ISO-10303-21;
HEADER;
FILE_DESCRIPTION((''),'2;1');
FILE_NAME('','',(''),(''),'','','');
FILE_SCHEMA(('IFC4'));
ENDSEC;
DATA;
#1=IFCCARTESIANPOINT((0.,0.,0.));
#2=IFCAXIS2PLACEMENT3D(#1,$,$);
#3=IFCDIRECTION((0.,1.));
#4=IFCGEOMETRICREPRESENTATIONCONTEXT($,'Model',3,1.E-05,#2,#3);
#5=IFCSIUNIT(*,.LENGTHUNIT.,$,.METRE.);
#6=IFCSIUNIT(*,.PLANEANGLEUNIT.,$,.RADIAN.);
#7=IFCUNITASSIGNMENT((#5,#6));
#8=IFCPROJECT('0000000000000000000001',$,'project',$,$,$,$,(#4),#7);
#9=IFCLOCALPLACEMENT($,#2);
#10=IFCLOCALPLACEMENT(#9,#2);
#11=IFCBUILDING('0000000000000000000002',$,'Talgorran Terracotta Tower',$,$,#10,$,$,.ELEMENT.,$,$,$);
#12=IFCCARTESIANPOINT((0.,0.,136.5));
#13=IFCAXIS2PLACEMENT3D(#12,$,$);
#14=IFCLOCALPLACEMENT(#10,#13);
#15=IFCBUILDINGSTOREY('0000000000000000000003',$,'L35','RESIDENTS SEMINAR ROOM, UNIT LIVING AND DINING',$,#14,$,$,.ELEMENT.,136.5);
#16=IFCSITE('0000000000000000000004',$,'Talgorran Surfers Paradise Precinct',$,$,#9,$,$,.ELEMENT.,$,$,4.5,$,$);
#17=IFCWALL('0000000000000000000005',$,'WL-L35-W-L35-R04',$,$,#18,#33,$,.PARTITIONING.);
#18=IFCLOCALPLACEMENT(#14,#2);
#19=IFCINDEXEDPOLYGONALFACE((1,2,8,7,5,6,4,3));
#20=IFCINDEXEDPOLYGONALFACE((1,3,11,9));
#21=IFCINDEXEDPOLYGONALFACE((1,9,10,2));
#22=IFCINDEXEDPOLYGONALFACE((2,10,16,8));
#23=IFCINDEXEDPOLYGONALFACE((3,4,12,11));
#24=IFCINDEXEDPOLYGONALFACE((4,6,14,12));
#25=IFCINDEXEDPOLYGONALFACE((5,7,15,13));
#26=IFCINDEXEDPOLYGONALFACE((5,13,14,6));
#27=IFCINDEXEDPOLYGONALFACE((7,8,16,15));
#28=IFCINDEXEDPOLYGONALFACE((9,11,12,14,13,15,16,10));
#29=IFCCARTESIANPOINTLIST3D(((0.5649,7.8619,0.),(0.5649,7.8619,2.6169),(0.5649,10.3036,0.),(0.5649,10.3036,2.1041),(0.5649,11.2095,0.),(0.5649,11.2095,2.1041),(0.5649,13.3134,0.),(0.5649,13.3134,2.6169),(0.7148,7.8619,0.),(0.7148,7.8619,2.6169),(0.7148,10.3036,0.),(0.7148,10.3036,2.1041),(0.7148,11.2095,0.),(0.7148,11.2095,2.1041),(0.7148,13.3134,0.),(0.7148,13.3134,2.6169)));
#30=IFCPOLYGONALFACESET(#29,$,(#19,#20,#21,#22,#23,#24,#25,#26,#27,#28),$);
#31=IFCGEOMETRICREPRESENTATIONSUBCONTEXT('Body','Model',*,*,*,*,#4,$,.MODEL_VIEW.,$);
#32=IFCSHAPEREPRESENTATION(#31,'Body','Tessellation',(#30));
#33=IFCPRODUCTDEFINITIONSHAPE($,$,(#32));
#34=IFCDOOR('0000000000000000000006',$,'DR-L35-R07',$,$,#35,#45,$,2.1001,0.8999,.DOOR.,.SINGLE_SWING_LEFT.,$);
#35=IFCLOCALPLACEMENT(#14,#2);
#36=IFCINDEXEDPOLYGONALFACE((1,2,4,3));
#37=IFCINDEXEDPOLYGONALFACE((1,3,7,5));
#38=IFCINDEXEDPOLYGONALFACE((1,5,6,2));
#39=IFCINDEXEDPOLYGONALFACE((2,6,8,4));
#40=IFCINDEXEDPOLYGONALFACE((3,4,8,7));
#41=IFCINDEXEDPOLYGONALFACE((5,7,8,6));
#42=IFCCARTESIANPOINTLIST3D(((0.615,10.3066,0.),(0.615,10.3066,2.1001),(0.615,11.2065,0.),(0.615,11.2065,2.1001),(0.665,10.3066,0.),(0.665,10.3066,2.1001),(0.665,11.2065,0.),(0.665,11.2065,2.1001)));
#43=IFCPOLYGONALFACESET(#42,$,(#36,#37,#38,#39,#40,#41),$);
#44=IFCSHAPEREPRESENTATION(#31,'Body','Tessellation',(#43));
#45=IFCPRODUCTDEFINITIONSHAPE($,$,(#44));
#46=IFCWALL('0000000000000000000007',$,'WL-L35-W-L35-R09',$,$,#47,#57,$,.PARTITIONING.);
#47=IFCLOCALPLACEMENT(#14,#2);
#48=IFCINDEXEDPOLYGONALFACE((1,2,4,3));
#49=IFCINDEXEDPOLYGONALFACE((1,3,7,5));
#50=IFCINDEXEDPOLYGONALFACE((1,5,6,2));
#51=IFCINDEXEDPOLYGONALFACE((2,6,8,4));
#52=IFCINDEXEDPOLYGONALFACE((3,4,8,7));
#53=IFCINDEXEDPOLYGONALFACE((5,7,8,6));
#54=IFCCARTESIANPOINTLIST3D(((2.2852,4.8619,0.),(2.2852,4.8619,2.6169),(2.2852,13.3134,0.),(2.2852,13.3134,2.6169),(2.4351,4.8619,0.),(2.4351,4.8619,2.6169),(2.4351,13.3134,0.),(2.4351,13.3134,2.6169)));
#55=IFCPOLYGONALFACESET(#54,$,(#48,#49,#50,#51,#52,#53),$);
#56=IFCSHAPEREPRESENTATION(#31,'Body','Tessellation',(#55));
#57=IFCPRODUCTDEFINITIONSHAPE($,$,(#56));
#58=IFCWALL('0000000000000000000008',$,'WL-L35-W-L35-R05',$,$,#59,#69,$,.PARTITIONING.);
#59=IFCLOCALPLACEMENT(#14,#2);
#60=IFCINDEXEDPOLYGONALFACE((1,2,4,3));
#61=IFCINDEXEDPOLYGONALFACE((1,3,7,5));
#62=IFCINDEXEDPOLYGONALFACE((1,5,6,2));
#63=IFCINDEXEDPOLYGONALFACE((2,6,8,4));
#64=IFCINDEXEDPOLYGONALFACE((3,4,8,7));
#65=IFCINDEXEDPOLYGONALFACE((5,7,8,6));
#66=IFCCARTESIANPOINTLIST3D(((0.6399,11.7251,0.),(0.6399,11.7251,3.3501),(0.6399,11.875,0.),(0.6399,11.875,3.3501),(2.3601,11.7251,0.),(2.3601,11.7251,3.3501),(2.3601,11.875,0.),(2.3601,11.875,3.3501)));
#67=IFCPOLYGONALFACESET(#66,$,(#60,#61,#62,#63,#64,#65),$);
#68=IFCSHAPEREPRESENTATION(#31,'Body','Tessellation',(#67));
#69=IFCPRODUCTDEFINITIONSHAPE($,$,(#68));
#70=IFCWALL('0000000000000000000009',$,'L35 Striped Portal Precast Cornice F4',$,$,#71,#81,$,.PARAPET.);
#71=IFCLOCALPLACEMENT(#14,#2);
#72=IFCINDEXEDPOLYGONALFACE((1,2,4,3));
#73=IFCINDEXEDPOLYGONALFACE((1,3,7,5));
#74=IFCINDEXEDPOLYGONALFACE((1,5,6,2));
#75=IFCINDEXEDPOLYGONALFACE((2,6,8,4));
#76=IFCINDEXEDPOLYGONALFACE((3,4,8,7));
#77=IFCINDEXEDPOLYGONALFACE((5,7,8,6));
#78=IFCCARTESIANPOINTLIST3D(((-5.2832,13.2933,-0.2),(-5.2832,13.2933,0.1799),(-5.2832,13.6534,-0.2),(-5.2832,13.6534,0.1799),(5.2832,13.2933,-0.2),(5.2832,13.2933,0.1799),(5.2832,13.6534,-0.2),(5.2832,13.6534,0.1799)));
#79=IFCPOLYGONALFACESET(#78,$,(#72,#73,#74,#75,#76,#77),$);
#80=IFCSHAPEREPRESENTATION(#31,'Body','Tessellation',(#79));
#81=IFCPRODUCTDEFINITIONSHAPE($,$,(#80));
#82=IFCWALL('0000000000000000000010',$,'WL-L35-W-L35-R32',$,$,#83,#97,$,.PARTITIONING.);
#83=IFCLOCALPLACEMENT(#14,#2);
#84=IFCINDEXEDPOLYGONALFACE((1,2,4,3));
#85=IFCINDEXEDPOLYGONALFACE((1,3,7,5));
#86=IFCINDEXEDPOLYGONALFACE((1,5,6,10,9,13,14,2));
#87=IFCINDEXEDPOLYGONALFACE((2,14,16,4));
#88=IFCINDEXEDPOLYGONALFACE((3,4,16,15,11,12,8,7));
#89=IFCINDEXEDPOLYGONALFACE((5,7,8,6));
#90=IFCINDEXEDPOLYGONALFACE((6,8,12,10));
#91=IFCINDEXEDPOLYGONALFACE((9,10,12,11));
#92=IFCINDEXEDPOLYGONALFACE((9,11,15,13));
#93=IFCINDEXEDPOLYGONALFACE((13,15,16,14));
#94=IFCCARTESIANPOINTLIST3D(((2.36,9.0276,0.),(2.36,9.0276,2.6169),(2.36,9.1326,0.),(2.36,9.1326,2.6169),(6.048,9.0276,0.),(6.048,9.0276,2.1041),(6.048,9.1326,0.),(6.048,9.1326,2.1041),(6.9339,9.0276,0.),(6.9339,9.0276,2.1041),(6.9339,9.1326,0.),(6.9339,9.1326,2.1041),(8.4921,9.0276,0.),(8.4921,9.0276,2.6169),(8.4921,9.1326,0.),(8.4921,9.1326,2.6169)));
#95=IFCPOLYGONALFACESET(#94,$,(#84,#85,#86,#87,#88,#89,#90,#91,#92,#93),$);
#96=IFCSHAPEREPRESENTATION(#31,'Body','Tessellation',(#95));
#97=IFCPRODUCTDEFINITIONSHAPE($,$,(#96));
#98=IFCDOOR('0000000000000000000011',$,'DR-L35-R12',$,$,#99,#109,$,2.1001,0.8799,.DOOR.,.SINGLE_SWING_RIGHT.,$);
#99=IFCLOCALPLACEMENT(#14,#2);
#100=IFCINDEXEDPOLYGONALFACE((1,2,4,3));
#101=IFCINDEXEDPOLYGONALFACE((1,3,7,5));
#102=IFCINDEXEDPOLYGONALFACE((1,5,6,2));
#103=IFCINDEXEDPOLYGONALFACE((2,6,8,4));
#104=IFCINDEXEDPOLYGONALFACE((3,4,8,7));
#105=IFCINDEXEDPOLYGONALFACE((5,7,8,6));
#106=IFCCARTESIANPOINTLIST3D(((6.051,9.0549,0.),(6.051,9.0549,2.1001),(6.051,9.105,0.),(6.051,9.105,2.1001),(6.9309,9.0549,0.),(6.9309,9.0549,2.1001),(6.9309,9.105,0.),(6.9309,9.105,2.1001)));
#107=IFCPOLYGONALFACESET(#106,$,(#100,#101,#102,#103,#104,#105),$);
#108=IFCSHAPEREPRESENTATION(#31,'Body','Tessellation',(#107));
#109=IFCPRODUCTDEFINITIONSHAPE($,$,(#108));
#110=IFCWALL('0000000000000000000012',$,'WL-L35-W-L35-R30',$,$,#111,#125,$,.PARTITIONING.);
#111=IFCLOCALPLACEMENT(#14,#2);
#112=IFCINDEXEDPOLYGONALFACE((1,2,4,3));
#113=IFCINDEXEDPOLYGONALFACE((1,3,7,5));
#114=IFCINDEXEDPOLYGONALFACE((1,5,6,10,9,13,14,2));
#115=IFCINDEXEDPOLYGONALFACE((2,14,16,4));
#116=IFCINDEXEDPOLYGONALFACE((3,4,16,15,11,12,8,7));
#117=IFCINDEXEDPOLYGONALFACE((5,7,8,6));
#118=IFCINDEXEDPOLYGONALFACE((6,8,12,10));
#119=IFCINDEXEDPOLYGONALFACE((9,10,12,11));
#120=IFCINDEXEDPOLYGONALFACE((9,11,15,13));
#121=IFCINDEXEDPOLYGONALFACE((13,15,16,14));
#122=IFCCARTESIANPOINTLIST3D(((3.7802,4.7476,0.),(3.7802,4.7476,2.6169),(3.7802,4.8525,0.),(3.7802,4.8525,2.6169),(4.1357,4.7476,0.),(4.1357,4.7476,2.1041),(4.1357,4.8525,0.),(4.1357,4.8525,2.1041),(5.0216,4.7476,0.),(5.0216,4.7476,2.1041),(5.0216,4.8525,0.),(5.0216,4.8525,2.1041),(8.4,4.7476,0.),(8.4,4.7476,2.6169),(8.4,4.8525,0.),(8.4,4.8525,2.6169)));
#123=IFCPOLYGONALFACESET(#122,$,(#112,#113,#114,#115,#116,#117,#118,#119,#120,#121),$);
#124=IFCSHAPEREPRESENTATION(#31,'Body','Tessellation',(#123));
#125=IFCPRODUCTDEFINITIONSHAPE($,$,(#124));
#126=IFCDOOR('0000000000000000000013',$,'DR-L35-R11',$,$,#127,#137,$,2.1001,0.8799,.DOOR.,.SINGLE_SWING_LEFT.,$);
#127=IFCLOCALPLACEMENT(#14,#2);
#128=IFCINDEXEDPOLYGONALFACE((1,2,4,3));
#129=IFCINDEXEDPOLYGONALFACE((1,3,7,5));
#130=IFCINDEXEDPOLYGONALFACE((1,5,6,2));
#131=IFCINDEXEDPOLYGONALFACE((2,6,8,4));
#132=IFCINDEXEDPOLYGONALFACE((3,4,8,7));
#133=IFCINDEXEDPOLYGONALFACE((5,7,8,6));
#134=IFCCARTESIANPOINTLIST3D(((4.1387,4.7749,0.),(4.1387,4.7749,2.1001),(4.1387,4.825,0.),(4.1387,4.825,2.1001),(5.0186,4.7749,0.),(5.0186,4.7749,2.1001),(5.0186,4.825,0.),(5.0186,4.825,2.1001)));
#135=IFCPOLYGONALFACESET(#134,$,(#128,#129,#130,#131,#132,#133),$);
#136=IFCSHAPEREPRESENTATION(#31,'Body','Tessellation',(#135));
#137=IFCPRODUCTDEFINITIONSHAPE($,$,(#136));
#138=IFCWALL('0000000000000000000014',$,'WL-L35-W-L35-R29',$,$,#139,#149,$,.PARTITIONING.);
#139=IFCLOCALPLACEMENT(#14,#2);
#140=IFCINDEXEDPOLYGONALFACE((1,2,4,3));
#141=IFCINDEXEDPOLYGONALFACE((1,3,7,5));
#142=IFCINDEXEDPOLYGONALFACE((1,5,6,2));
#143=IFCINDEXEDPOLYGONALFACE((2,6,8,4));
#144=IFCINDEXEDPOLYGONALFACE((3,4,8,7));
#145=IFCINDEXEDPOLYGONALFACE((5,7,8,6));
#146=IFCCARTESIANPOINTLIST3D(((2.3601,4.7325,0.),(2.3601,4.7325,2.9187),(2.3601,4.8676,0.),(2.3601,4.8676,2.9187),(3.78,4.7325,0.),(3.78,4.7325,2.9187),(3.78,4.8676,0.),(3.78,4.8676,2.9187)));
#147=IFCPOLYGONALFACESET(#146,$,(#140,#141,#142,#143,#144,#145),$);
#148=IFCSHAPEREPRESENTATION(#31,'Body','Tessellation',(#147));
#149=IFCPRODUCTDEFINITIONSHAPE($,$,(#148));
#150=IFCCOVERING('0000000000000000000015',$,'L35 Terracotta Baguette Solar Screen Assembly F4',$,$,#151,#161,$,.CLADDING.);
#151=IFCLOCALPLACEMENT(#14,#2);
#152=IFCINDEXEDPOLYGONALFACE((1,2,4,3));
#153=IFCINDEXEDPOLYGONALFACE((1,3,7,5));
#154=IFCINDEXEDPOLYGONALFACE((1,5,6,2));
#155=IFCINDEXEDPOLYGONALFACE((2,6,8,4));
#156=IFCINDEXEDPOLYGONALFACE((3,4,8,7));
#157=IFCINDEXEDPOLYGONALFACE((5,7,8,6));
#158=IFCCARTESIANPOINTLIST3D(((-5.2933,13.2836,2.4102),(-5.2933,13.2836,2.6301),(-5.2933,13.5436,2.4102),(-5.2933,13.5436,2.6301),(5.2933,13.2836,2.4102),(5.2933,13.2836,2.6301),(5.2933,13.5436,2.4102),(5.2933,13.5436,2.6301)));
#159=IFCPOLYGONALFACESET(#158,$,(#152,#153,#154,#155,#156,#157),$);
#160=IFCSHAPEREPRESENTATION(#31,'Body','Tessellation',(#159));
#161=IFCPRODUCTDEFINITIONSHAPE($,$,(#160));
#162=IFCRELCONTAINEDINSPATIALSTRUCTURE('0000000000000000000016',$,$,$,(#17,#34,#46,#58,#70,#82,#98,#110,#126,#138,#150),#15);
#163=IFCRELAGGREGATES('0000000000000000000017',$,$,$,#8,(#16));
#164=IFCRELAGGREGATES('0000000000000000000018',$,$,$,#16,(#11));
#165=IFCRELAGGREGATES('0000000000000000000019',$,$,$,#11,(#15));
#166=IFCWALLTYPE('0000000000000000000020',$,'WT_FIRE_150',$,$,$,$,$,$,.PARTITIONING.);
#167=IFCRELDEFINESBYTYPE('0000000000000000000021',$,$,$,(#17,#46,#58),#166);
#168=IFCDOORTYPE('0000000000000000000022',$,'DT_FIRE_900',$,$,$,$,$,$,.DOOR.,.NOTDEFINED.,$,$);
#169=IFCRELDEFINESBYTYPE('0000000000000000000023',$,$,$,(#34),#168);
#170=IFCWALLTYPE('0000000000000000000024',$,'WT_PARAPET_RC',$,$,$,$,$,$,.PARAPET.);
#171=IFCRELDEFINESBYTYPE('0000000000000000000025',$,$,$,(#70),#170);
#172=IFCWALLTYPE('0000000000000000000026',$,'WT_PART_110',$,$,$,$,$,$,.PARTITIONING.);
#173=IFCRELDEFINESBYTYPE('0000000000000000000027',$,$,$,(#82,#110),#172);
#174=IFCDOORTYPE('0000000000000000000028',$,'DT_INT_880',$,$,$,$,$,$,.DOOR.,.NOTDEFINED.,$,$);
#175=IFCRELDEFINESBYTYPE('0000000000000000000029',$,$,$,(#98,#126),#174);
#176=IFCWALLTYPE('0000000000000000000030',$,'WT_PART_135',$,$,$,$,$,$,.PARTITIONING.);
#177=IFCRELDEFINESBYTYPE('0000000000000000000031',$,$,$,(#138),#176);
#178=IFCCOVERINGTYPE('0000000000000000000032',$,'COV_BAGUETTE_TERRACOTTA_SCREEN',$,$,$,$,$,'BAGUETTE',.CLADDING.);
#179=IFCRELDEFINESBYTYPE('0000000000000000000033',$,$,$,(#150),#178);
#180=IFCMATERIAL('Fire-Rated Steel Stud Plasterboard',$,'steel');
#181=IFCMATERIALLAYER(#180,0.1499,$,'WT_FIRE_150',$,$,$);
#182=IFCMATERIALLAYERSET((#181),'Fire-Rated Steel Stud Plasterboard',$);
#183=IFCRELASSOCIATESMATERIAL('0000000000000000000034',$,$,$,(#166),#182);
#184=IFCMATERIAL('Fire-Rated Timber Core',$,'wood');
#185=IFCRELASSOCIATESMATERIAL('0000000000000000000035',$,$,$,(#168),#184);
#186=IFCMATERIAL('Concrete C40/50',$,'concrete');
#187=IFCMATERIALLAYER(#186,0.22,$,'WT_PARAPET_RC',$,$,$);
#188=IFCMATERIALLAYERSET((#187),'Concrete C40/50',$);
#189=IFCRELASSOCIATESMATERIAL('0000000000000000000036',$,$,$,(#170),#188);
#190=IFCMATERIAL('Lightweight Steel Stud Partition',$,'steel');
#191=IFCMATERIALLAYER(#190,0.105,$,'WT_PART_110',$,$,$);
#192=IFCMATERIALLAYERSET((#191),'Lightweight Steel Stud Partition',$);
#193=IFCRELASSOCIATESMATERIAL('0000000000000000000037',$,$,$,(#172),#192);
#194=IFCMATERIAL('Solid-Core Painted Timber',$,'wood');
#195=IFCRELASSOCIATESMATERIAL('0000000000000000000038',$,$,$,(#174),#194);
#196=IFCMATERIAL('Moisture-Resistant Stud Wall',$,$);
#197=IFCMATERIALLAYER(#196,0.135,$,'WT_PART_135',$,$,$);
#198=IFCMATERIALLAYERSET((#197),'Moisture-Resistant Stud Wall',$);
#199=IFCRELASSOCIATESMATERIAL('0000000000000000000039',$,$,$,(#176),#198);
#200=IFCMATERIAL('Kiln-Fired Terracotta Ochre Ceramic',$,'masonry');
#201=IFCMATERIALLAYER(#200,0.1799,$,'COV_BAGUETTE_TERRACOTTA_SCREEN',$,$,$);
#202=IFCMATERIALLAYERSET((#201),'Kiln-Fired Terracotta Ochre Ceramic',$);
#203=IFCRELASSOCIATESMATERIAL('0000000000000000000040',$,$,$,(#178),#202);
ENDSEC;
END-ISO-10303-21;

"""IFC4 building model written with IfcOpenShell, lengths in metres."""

from ifc_helpers import new_model, si_unit, direction, frame, frame_2d, origin, origin_2d, place, context, subcontext, project, spatial, rectangle, extrude, material, layer, layer_set, type_object, element, fill, save


model = new_model("IFC4")

# Units and contexts
model_context = context("Model", 3, precision=1e-05, world=origin(), true_north=direction((0.0, 1.0)))
body_context = subcontext(model_context, "Body", "Model", "MODEL_VIEW")
ifc_project = project(units=[si_unit("LENGTHUNIT", "METRE"), si_unit("PLANEANGLEUNIT", "RADIAN")], contexts=[model_context])

# Site, building, storey
site_placement = place(None, origin())
site = spatial("IfcSite", under=ifc_project, at=site_placement, Name="Talgorran Surfers Paradise Precinct", CompositionType="ELEMENT", RefElevation=4.5)
building_placement = place(site_placement, origin())
building = spatial("IfcBuilding", under=site, at=building_placement, Name="Talgorran Terracotta Tower", CompositionType="ELEMENT")
storey_placement = place(building_placement, frame((0.0, 0.0, 136.5)))
storey = spatial("IfcBuildingStorey", under=building, at=storey_placement, Name="L35", Description="RESIDENTS SEMINAR ROOM, UNIT LIVING AND DINING", CompositionType="ELEMENT", Elevation=136.5)

# Wall, opening, door
ifc_material_1 = material(Name="Fire-Rated Steel Stud Plasterboard", Category="steel")
ifc_layer_1 = layer(ifc_material_1, 0.1499, Name="WT_FIRE_150")
ifc_layer_set_1 = layer_set([ifc_layer_1], Name="Fire-Rated Steel Stud Plasterboard")
wall_type_1 = type_object("IfcWallType", Name="WT_FIRE_150", PredefinedType="PARTITIONING", material=ifc_layer_set_1)
wall_1_placement = place(storey_placement, frame((0.6399, 7.8621, 0.0), z_axis=(0.0, 0.0, 1.0), x_axis=(0.0, 1.0, 0.0)))
wall_1 = element("IfcWall", 1, at=wall_1_placement, inside=storey, type_object=wall_type_1, Name="WL-L35-W-L35-R04", PredefinedType="PARTITIONING", context=body_context, shape_type="SweptSolid", body=[
    extrude(rectangle(XDim=5.4514, YDim=0.1499, at=frame_2d((2.7256, 0.0))), origin(), (0.0, 0.0, 1.0), 2.6169),
])
opening_1_placement = place(wall_1_placement, frame((2.4446, 0.0, 0.0)))
opening_1 = element("IfcOpeningElement", 2, at=opening_1_placement, cuts=wall_1, PredefinedType="OPENING", context=body_context, shape_type="SweptSolid", body=[
    extrude(rectangle(XDim=0.9059, YDim=2.1041, at=frame_2d((0.45, 1.052))), frame((0.0, 0.085, 0.0), z_axis=(0.0, -1.0, 0.0), x_axis=(1.0, 0.0, 0.0)), (0.0, 0.0, 1.0), 0.1699),
])
ifc_material_2 = material(Name="Fire-Rated Timber Core", Category="wood")
door_type_1 = type_object("IfcDoorType", Name="DT_FIRE_900", OperationType="NOTDEFINED", PredefinedType="DOOR", material=ifc_material_2)
door_1_placement = place(opening_1_placement, origin())
door_1 = element("IfcDoor", 3, at=door_1_placement, inside=storey, type_object=door_type_1, Name="DR-L35-R07", OperationType="SINGLE_SWING_LEFT", OverallHeight=2.1001, OverallWidth=0.8999, PredefinedType="DOOR", context=body_context, shape_type="SweptSolid", body=[
    extrude(rectangle(XDim=0.8999, YDim=2.1001, at=frame_2d((0.45, 1.05))), frame((0.0, 0.0249, 0.0), z_axis=(0.0, -1.0, 0.0), x_axis=(1.0, 0.0, 0.0)), (0.0, 0.0, 1.0), 0.05),
])
fill(opening_1, door_1)

# Walls
wall_2_placement = place(storey_placement, frame((2.3601, 4.8621, 0.0), z_axis=(0.0, 0.0, 1.0), x_axis=(0.0, 1.0, 0.0)))
element("IfcWall", 4, at=wall_2_placement, inside=storey, type_object=wall_type_1, Name="WL-L35-W-L35-R09", PredefinedType="PARTITIONING", context=body_context, shape_type="SweptSolid", body=[
    extrude(rectangle(XDim=8.4514, YDim=0.1499, at=frame_2d((4.2256, 0.0))), origin(), (0.0, 0.0, 1.0), 2.6169),
])
wall_3_placement = place(storey_placement, frame((0.6399, 11.8, 0.0), z_axis=(0.0, 0.0, 1.0), x_axis=(1.0, 0.0, 0.0)))
element("IfcWall", 5, at=wall_3_placement, inside=storey, type_object=wall_type_1, Name="WL-L35-W-L35-R05", PredefinedType="PARTITIONING", context=body_context, shape_type="SweptSolid", body=[
    extrude(rectangle(XDim=1.7202, YDim=0.1499, at=frame_2d((0.8601, 0.0))), origin(), (0.0, 0.0, 1.0), 3.3501),
])
ifc_material_3 = material(Name="Concrete C40/50", Category="concrete")
ifc_layer_2 = layer(ifc_material_3, 0.22, Name="WT_PARAPET_RC")
ifc_layer_set_2 = layer_set([ifc_layer_2], Name="Concrete C40/50")
wall_type_2 = type_object("IfcWallType", Name="WT_PARAPET_RC", PredefinedType="PARAPET", material=ifc_layer_set_2)
wall_4_placement = place(storey_placement, frame((5.2832, 13.4734, -0.2), z_axis=(0.0, 0.0, 1.0), x_axis=(-1.0, 0.0, 0.0)))
element("IfcWall", 6, at=wall_4_placement, inside=storey, type_object=wall_type_2, Name="L35 Striped Portal Precast Cornice F4", PredefinedType="PARAPET", context=body_context, shape_type="SweptSolid", body=[
    extrude(rectangle(XDim=10.5664, YDim=0.3601, at=frame_2d((5.2832, 0.0))), origin(), (0.0, 0.0, 1.0), 0.3799),
])

# Walls, openings, doors
ifc_material_4 = material(Name="Lightweight Steel Stud Partition", Category="steel")
ifc_layer_3 = layer(ifc_material_4, 0.105, Name="WT_PART_110")
ifc_layer_set_3 = layer_set([ifc_layer_3], Name="Lightweight Steel Stud Partition")
wall_type_3 = type_object("IfcWallType", Name="WT_PART_110", PredefinedType="PARTITIONING", material=ifc_layer_set_3)
wall_5_placement = place(storey_placement, frame((2.3601, 9.0801, 0.0), z_axis=(0.0, 0.0, 1.0), x_axis=(1.0, 0.0, 0.0)))
wall_5 = element("IfcWall", 7, at=wall_5_placement, inside=storey, type_object=wall_type_3, Name="WL-L35-W-L35-R32", PredefinedType="PARTITIONING", context=body_context, shape_type="SweptSolid", body=[
    extrude(rectangle(XDim=6.1321, YDim=0.105, at=frame_2d((3.0659, 0.0))), origin(), (0.0, 0.0, 1.0), 2.6169),
])
opening_2_placement = place(wall_5_placement, frame((3.6909, 0.0, 0.0)))
opening_2 = element("IfcOpeningElement", 8, at=opening_2_placement, cuts=wall_5, PredefinedType="OPENING", context=body_context, shape_type="SweptSolid", body=[
    extrude(rectangle(XDim=0.8859, YDim=2.1041, at=frame_2d((0.4399, 1.052))), frame((0.0, 0.0625, 0.0), z_axis=(0.0, -1.0, 0.0), x_axis=(1.0, 0.0, 0.0)), (0.0, 0.0, 1.0), 0.125),
])
ifc_material_5 = material(Name="Solid-Core Painted Timber", Category="wood")
door_type_2 = type_object("IfcDoorType", Name="DT_INT_880", OperationType="NOTDEFINED", PredefinedType="DOOR", material=ifc_material_5)
door_2_placement = place(opening_2_placement, origin())
door_2 = element("IfcDoor", 9, at=door_2_placement, inside=storey, type_object=door_type_2, Name="DR-L35-R12", OperationType="SINGLE_SWING_RIGHT", OverallHeight=2.1001, OverallWidth=0.8799, PredefinedType="DOOR", context=body_context, shape_type="SweptSolid", body=[
    extrude(rectangle(XDim=0.8799, YDim=2.1001, at=frame_2d((0.4399, 1.05))), frame((0.0, 0.0249, 0.0), z_axis=(0.0, -1.0, 0.0), x_axis=(1.0, 0.0, 0.0)), (0.0, 0.0, 1.0), 0.05),
])
fill(opening_2, door_2)
wall_6_placement = place(storey_placement, frame((3.78, 4.8, 0.0), z_axis=(0.0, 0.0, 1.0), x_axis=(1.0, 0.0, 0.0)))
wall_6 = element("IfcWall", 10, at=wall_6_placement, inside=storey, type_object=wall_type_3, Name="WL-L35-W-L35-R30", PredefinedType="PARTITIONING", context=body_context, shape_type="SweptSolid", body=[
    extrude(rectangle(XDim=4.6199, YDim=0.105, at=frame_2d((2.3101, 0.0))), origin(), (0.0, 0.0, 1.0), 2.6169),
])
opening_3_placement = place(wall_6_placement, frame((0.3586, 0.0, 0.0)))
opening_3 = element("IfcOpeningElement", 11, at=opening_3_placement, cuts=wall_6, PredefinedType="OPENING", context=body_context, shape_type="SweptSolid", body=[
    extrude(rectangle(XDim=0.8859, YDim=2.1041, at=frame_2d((0.4399, 1.052))), frame((0.0, 0.0625, 0.0), z_axis=(0.0, -1.0, 0.0), x_axis=(1.0, 0.0, 0.0)), (0.0, 0.0, 1.0), 0.125),
])
door_3_placement = place(opening_3_placement, origin())
door_3 = element("IfcDoor", 12, at=door_3_placement, inside=storey, type_object=door_type_2, Name="DR-L35-R11", OperationType="SINGLE_SWING_LEFT", OverallHeight=2.1001, OverallWidth=0.8799, PredefinedType="DOOR", context=body_context, shape_type="SweptSolid", body=[
    extrude(rectangle(XDim=0.8799, YDim=2.1001, at=frame_2d((0.4399, 1.05))), frame((0.0, 0.0249, 0.0), z_axis=(0.0, -1.0, 0.0), x_axis=(1.0, 0.0, 0.0)), (0.0, 0.0, 1.0), 0.05),
])
fill(opening_3, door_3)

# Wall
ifc_material_6 = material(Name="Moisture-Resistant Stud Wall")
ifc_layer_4 = layer(ifc_material_6, 0.135, Name="WT_PART_135")
ifc_layer_set_4 = layer_set([ifc_layer_4], Name="Moisture-Resistant Stud Wall")
wall_type_4 = type_object("IfcWallType", Name="WT_PART_135", PredefinedType="PARTITIONING", material=ifc_layer_set_4)
wall_7_placement = place(storey_placement, frame((2.3601, 4.8, 0.0), z_axis=(0.0, 0.0, 1.0), x_axis=(1.0, 0.0, 0.0)))
element("IfcWall", 13, at=wall_7_placement, inside=storey, type_object=wall_type_4, Name="WL-L35-W-L35-R29", PredefinedType="PARTITIONING", context=body_context, shape_type="SweptSolid", body=[
    extrude(rectangle(XDim=1.4199, YDim=0.135, at=frame_2d((0.71, 0.0))), origin(), (0.0, 0.0, 1.0), 2.9187),
])

# Covering
ifc_material_7 = material(Name="Kiln-Fired Terracotta Ochre Ceramic", Category="masonry")
ifc_layer_5 = layer(ifc_material_7, 0.1799, Name="COV_BAGUETTE_TERRACOTTA_SCREEN")
ifc_layer_set_5 = layer_set([ifc_layer_5], Name="Kiln-Fired Terracotta Ochre Ceramic")
covering_type_1 = type_object("IfcCoveringType", Name="COV_BAGUETTE_TERRACOTTA_SCREEN", ElementType="BAGUETTE", PredefinedType="CLADDING", material=ifc_layer_set_5)
covering_1_placement = place(storey_placement, frame((0.0, 13.4136, 2.4102), z_axis=(0.0, 0.0, 1.0), x_axis=(-1.0, 0.0, 0.0)))
element("IfcCovering", 14, at=covering_1_placement, inside=storey, type_object=covering_type_1, Name="L35 Terracotta Baguette Solar Screen Assembly F4", PredefinedType="CLADDING", context=body_context, shape_type="SweptSolid", body=[
    extrude(rectangle(XDim=10.5867, YDim=0.26, at=origin_2d()), origin(), (0.0, 0.0, 1.0), 0.22),
])

save(model, "model.ifc")
